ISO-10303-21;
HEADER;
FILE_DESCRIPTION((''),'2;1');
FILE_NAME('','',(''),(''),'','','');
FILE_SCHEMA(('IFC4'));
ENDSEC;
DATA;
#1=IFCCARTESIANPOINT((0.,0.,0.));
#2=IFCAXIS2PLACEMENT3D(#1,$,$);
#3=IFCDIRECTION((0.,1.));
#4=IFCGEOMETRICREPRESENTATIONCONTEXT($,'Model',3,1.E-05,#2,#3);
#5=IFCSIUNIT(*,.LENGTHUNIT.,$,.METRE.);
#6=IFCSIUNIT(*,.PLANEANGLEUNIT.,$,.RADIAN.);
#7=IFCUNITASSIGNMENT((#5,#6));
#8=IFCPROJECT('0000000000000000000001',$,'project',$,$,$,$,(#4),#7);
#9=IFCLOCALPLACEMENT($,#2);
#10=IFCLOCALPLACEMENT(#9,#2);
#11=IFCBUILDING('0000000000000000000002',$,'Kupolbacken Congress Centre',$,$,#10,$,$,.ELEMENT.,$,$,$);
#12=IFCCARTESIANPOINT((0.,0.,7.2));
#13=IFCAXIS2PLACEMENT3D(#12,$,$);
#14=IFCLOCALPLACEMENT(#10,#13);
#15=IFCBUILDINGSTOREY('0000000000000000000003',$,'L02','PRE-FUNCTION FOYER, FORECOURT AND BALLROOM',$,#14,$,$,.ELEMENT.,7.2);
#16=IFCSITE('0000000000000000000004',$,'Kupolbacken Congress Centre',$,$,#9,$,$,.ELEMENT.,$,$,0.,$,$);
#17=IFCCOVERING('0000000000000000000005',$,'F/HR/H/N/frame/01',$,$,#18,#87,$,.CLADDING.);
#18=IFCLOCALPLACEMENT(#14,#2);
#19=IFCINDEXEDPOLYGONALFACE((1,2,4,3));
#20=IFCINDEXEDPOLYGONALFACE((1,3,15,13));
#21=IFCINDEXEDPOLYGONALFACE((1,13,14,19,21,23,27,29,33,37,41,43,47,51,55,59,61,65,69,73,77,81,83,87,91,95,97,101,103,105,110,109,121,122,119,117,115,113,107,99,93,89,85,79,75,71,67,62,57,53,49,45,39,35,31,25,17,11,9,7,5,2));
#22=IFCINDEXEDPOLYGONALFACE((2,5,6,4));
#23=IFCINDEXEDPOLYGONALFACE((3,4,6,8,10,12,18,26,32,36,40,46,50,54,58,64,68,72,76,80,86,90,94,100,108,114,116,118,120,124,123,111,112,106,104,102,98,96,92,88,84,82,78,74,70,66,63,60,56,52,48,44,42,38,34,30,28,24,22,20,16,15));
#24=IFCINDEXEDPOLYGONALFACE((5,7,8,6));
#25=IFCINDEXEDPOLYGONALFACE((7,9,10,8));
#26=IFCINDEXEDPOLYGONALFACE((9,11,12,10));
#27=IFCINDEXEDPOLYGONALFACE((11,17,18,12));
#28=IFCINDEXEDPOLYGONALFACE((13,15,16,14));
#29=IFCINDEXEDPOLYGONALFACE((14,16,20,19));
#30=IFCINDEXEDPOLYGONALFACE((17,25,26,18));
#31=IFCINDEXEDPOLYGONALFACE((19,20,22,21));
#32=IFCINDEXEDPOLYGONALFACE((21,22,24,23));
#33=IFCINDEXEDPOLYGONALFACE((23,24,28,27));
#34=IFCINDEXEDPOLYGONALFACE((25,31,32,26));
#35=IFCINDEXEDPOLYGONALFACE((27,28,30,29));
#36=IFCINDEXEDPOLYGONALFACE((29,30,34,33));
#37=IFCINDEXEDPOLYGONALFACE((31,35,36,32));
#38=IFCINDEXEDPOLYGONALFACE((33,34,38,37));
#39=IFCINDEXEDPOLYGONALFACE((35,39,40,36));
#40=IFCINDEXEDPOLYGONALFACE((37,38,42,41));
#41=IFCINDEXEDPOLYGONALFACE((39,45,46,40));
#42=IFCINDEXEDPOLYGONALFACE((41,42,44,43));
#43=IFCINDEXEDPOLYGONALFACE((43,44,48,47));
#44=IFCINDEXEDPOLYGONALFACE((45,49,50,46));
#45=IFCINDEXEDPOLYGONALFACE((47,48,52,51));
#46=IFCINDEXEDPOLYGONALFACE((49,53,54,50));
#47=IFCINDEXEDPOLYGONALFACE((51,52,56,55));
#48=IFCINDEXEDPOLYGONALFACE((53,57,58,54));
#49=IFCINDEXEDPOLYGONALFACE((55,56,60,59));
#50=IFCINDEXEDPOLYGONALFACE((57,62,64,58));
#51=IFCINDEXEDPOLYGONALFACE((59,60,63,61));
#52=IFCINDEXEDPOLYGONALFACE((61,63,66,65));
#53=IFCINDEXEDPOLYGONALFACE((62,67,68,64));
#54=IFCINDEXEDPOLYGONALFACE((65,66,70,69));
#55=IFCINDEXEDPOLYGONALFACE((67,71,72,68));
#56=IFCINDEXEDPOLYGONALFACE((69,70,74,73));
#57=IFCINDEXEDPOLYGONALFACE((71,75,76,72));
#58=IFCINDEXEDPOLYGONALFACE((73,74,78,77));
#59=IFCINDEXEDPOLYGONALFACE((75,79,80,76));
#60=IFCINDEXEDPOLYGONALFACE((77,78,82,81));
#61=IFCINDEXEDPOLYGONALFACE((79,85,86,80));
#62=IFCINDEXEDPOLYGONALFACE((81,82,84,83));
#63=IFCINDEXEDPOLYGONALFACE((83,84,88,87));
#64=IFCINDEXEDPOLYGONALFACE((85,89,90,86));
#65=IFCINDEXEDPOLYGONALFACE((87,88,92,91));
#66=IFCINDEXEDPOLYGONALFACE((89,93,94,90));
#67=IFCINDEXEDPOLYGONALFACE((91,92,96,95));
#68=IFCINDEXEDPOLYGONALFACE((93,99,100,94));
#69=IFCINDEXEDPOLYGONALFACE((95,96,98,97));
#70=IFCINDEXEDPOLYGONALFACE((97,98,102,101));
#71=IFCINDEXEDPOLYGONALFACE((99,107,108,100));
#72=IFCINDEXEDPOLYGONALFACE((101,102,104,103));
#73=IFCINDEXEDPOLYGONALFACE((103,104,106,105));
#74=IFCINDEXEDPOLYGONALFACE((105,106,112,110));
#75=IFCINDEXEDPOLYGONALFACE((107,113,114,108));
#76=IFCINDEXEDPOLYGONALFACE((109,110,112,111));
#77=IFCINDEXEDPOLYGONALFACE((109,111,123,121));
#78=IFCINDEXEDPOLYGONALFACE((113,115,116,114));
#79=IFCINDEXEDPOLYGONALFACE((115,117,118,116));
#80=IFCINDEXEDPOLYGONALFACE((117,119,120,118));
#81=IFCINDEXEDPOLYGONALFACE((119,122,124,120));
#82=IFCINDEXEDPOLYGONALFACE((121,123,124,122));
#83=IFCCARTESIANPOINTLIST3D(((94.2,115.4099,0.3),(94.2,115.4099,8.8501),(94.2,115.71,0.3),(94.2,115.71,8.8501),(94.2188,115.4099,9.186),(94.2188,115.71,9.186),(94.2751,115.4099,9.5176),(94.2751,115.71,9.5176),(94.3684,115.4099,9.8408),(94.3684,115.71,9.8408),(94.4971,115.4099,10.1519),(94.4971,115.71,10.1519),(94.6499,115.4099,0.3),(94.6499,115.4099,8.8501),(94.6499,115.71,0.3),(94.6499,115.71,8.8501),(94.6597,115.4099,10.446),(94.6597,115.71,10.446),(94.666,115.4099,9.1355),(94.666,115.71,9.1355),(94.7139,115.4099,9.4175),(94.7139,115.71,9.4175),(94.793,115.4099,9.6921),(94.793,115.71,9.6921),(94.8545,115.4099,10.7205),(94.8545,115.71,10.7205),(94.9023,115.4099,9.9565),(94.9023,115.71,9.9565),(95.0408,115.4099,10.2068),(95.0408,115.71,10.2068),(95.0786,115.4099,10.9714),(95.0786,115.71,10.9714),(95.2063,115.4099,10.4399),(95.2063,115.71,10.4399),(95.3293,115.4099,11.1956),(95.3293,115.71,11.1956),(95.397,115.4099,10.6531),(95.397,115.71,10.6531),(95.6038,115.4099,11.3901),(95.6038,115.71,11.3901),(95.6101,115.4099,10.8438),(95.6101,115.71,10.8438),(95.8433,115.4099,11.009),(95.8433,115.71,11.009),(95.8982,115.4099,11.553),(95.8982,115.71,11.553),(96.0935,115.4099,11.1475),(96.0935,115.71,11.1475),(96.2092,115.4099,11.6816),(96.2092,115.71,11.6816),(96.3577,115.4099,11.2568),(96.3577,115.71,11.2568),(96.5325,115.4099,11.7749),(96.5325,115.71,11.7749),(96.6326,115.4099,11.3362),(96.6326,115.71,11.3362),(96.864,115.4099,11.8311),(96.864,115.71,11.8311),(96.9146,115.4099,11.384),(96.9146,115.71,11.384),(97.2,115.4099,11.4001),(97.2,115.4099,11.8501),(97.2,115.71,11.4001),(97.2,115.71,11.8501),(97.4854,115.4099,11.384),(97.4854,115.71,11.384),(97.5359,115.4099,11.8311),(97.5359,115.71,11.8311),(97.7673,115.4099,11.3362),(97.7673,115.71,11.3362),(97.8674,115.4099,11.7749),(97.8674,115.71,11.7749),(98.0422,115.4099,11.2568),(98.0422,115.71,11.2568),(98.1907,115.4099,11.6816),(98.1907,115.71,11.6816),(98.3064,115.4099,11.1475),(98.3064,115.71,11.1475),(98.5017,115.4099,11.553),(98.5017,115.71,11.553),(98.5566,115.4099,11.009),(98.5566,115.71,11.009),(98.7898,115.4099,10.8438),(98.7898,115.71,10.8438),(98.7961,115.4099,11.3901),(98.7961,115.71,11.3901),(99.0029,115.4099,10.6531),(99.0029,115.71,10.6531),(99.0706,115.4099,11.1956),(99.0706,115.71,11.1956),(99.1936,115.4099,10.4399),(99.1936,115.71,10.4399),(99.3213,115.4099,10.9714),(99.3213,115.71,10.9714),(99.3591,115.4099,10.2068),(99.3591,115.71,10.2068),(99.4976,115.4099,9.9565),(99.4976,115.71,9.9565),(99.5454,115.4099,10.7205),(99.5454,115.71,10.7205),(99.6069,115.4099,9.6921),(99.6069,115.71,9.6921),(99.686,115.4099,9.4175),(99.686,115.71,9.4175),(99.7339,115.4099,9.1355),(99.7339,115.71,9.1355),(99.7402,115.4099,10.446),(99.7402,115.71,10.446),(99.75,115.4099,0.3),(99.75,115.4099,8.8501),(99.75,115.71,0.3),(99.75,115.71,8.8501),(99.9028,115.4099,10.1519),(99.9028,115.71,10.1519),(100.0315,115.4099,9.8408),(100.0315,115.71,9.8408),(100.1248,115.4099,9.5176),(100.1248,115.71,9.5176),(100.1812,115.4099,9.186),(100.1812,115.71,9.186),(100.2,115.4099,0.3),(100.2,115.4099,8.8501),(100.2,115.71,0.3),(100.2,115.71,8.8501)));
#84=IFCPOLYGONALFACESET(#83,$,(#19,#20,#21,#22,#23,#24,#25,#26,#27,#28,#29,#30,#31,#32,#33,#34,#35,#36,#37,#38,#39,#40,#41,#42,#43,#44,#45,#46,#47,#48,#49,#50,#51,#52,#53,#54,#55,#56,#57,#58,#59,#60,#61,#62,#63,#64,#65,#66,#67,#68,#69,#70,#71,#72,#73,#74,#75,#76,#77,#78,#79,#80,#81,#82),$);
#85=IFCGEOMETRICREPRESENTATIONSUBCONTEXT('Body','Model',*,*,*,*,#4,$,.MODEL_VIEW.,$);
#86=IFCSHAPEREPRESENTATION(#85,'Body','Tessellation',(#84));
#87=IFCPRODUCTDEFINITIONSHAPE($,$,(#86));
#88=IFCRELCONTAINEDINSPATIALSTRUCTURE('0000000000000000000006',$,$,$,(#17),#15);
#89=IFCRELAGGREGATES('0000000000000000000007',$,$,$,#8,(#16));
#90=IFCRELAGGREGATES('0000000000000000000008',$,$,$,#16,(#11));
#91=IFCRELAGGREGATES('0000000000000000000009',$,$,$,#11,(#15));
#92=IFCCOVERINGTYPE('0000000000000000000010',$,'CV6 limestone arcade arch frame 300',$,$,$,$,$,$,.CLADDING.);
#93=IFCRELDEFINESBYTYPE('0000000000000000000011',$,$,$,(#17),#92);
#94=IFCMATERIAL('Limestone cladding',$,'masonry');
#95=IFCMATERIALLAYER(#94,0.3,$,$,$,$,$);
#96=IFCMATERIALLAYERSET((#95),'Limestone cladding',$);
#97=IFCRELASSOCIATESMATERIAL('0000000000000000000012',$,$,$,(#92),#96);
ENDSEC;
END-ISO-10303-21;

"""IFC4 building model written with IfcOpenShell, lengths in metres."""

from ifc_helpers import new_model, si_unit, direction, frame, origin, place, context, subcontext, project, spatial, polyline, outline, extrude, material, layer, layer_set, type_object, element, save


model = new_model("IFC4")

# Units and contexts
model_context = context("Model", 3, precision=1e-05, world=origin(), true_north=direction((0.0, 1.0)))
body_context = subcontext(model_context, "Body", "Model", "MODEL_VIEW")
ifc_project = project(units=[si_unit("LENGTHUNIT", "METRE"), si_unit("PLANEANGLEUNIT", "RADIAN")], contexts=[model_context])

# Site, building, storey
site_placement = place(None, origin())
site = spatial("IfcSite", under=ifc_project, at=site_placement, Name="Kupolbacken Congress Centre", CompositionType="ELEMENT", RefElevation=0.0)
building_placement = place(site_placement, origin())
building = spatial("IfcBuilding", under=site, at=building_placement, Name="Kupolbacken Congress Centre", CompositionType="ELEMENT")
storey_placement = place(building_placement, frame((0.0, 0.0, 7.2)))
storey = spatial("IfcBuildingStorey", under=building, at=storey_placement, Name="L02", Description="PRE-FUNCTION FOYER, FORECOURT AND BALLROOM", CompositionType="ELEMENT", Elevation=7.2)

# Covering
ifc_material_1 = material(Name="Limestone cladding", Category="masonry")
ifc_layer_1 = layer(ifc_material_1, 0.3)
ifc_layer_set_1 = layer_set([ifc_layer_1], Name="Limestone cladding")
covering_type_1 = type_object("IfcCoveringType", Name="CV6 limestone arcade arch frame 300", PredefinedType="CLADDING", material=ifc_layer_set_1)
covering_1_placement = place(storey_placement, frame((94.2, 115.4099, 0.3), z_axis=(0.0, 1.0, 0.0), x_axis=(-1.0, 0.0, 0.0)))
element("IfcCovering", 1, at=covering_1_placement, inside=storey, type_object=covering_type_1, Name="F/HR/H/N/frame/01", PredefinedType="CLADDING", context=body_context, shape_type="SweptSolid", body=[
    extrude(outline(polyline([(0.0, 0.0), (0.0, 8.55), (-0.0188, 8.886), (-0.0752, 9.2175), (-0.1685, 9.5408), (-0.2971, 9.8518), (-0.4597, 10.146), (-0.6545, 10.4204), (-0.8787, 10.6714), (-1.1294, 10.8955), (-1.4038, 11.0901), (-1.6982, 11.2529), (-2.0093, 11.3816), (-2.3325, 11.4749), (-2.6641, 11.531), (-3.0, 11.55), (-3.3359, 11.531), (-3.6675, 11.4749), (-3.9907, 11.3816), (-4.3018, 11.2529), (-4.5962, 11.0901), (-4.8706, 10.8955), (-5.1213, 10.6714), (-5.3455, 10.4204), (-5.5403, 10.146), (-5.7029, 9.8518), (-5.8315, 9.5408), (-5.9248, 9.2175), (-5.9812, 8.886), (-6.0, 8.55), (-6.0, 0.0), (-5.55, 0.0), (-5.55, 8.55), (-5.5339, 8.8354), (-5.4861, 9.1174), (-5.407, 9.3921), (-5.2976, 9.6565), (-5.1592, 9.9067), (-4.9937, 10.1399), (-4.803, 10.353), (-4.5898, 10.5437), (-4.3567, 10.709), (-4.1064, 10.8474), (-3.8423, 10.9568), (-3.5674, 11.0361), (-3.2854, 11.084), (-3.0, 11.1001), (-2.7146, 11.084), (-2.4326, 11.0361), (-2.1577, 10.9568), (-1.8936, 10.8474), (-1.6433, 10.709), (-1.4102, 10.5437), (-1.197, 10.353), (-1.0063, 10.1399), (-0.8408, 9.9067), (-0.7024, 9.6565), (-0.593, 9.3921), (-0.5139, 9.1174), (-0.4661, 8.8354), (-0.45, 8.55), (-0.45, 0.0), (0.0, 0.0)])), origin(), (0.0, 0.0, 1.0), 0.3),
])

save(model, "model.ifc")
